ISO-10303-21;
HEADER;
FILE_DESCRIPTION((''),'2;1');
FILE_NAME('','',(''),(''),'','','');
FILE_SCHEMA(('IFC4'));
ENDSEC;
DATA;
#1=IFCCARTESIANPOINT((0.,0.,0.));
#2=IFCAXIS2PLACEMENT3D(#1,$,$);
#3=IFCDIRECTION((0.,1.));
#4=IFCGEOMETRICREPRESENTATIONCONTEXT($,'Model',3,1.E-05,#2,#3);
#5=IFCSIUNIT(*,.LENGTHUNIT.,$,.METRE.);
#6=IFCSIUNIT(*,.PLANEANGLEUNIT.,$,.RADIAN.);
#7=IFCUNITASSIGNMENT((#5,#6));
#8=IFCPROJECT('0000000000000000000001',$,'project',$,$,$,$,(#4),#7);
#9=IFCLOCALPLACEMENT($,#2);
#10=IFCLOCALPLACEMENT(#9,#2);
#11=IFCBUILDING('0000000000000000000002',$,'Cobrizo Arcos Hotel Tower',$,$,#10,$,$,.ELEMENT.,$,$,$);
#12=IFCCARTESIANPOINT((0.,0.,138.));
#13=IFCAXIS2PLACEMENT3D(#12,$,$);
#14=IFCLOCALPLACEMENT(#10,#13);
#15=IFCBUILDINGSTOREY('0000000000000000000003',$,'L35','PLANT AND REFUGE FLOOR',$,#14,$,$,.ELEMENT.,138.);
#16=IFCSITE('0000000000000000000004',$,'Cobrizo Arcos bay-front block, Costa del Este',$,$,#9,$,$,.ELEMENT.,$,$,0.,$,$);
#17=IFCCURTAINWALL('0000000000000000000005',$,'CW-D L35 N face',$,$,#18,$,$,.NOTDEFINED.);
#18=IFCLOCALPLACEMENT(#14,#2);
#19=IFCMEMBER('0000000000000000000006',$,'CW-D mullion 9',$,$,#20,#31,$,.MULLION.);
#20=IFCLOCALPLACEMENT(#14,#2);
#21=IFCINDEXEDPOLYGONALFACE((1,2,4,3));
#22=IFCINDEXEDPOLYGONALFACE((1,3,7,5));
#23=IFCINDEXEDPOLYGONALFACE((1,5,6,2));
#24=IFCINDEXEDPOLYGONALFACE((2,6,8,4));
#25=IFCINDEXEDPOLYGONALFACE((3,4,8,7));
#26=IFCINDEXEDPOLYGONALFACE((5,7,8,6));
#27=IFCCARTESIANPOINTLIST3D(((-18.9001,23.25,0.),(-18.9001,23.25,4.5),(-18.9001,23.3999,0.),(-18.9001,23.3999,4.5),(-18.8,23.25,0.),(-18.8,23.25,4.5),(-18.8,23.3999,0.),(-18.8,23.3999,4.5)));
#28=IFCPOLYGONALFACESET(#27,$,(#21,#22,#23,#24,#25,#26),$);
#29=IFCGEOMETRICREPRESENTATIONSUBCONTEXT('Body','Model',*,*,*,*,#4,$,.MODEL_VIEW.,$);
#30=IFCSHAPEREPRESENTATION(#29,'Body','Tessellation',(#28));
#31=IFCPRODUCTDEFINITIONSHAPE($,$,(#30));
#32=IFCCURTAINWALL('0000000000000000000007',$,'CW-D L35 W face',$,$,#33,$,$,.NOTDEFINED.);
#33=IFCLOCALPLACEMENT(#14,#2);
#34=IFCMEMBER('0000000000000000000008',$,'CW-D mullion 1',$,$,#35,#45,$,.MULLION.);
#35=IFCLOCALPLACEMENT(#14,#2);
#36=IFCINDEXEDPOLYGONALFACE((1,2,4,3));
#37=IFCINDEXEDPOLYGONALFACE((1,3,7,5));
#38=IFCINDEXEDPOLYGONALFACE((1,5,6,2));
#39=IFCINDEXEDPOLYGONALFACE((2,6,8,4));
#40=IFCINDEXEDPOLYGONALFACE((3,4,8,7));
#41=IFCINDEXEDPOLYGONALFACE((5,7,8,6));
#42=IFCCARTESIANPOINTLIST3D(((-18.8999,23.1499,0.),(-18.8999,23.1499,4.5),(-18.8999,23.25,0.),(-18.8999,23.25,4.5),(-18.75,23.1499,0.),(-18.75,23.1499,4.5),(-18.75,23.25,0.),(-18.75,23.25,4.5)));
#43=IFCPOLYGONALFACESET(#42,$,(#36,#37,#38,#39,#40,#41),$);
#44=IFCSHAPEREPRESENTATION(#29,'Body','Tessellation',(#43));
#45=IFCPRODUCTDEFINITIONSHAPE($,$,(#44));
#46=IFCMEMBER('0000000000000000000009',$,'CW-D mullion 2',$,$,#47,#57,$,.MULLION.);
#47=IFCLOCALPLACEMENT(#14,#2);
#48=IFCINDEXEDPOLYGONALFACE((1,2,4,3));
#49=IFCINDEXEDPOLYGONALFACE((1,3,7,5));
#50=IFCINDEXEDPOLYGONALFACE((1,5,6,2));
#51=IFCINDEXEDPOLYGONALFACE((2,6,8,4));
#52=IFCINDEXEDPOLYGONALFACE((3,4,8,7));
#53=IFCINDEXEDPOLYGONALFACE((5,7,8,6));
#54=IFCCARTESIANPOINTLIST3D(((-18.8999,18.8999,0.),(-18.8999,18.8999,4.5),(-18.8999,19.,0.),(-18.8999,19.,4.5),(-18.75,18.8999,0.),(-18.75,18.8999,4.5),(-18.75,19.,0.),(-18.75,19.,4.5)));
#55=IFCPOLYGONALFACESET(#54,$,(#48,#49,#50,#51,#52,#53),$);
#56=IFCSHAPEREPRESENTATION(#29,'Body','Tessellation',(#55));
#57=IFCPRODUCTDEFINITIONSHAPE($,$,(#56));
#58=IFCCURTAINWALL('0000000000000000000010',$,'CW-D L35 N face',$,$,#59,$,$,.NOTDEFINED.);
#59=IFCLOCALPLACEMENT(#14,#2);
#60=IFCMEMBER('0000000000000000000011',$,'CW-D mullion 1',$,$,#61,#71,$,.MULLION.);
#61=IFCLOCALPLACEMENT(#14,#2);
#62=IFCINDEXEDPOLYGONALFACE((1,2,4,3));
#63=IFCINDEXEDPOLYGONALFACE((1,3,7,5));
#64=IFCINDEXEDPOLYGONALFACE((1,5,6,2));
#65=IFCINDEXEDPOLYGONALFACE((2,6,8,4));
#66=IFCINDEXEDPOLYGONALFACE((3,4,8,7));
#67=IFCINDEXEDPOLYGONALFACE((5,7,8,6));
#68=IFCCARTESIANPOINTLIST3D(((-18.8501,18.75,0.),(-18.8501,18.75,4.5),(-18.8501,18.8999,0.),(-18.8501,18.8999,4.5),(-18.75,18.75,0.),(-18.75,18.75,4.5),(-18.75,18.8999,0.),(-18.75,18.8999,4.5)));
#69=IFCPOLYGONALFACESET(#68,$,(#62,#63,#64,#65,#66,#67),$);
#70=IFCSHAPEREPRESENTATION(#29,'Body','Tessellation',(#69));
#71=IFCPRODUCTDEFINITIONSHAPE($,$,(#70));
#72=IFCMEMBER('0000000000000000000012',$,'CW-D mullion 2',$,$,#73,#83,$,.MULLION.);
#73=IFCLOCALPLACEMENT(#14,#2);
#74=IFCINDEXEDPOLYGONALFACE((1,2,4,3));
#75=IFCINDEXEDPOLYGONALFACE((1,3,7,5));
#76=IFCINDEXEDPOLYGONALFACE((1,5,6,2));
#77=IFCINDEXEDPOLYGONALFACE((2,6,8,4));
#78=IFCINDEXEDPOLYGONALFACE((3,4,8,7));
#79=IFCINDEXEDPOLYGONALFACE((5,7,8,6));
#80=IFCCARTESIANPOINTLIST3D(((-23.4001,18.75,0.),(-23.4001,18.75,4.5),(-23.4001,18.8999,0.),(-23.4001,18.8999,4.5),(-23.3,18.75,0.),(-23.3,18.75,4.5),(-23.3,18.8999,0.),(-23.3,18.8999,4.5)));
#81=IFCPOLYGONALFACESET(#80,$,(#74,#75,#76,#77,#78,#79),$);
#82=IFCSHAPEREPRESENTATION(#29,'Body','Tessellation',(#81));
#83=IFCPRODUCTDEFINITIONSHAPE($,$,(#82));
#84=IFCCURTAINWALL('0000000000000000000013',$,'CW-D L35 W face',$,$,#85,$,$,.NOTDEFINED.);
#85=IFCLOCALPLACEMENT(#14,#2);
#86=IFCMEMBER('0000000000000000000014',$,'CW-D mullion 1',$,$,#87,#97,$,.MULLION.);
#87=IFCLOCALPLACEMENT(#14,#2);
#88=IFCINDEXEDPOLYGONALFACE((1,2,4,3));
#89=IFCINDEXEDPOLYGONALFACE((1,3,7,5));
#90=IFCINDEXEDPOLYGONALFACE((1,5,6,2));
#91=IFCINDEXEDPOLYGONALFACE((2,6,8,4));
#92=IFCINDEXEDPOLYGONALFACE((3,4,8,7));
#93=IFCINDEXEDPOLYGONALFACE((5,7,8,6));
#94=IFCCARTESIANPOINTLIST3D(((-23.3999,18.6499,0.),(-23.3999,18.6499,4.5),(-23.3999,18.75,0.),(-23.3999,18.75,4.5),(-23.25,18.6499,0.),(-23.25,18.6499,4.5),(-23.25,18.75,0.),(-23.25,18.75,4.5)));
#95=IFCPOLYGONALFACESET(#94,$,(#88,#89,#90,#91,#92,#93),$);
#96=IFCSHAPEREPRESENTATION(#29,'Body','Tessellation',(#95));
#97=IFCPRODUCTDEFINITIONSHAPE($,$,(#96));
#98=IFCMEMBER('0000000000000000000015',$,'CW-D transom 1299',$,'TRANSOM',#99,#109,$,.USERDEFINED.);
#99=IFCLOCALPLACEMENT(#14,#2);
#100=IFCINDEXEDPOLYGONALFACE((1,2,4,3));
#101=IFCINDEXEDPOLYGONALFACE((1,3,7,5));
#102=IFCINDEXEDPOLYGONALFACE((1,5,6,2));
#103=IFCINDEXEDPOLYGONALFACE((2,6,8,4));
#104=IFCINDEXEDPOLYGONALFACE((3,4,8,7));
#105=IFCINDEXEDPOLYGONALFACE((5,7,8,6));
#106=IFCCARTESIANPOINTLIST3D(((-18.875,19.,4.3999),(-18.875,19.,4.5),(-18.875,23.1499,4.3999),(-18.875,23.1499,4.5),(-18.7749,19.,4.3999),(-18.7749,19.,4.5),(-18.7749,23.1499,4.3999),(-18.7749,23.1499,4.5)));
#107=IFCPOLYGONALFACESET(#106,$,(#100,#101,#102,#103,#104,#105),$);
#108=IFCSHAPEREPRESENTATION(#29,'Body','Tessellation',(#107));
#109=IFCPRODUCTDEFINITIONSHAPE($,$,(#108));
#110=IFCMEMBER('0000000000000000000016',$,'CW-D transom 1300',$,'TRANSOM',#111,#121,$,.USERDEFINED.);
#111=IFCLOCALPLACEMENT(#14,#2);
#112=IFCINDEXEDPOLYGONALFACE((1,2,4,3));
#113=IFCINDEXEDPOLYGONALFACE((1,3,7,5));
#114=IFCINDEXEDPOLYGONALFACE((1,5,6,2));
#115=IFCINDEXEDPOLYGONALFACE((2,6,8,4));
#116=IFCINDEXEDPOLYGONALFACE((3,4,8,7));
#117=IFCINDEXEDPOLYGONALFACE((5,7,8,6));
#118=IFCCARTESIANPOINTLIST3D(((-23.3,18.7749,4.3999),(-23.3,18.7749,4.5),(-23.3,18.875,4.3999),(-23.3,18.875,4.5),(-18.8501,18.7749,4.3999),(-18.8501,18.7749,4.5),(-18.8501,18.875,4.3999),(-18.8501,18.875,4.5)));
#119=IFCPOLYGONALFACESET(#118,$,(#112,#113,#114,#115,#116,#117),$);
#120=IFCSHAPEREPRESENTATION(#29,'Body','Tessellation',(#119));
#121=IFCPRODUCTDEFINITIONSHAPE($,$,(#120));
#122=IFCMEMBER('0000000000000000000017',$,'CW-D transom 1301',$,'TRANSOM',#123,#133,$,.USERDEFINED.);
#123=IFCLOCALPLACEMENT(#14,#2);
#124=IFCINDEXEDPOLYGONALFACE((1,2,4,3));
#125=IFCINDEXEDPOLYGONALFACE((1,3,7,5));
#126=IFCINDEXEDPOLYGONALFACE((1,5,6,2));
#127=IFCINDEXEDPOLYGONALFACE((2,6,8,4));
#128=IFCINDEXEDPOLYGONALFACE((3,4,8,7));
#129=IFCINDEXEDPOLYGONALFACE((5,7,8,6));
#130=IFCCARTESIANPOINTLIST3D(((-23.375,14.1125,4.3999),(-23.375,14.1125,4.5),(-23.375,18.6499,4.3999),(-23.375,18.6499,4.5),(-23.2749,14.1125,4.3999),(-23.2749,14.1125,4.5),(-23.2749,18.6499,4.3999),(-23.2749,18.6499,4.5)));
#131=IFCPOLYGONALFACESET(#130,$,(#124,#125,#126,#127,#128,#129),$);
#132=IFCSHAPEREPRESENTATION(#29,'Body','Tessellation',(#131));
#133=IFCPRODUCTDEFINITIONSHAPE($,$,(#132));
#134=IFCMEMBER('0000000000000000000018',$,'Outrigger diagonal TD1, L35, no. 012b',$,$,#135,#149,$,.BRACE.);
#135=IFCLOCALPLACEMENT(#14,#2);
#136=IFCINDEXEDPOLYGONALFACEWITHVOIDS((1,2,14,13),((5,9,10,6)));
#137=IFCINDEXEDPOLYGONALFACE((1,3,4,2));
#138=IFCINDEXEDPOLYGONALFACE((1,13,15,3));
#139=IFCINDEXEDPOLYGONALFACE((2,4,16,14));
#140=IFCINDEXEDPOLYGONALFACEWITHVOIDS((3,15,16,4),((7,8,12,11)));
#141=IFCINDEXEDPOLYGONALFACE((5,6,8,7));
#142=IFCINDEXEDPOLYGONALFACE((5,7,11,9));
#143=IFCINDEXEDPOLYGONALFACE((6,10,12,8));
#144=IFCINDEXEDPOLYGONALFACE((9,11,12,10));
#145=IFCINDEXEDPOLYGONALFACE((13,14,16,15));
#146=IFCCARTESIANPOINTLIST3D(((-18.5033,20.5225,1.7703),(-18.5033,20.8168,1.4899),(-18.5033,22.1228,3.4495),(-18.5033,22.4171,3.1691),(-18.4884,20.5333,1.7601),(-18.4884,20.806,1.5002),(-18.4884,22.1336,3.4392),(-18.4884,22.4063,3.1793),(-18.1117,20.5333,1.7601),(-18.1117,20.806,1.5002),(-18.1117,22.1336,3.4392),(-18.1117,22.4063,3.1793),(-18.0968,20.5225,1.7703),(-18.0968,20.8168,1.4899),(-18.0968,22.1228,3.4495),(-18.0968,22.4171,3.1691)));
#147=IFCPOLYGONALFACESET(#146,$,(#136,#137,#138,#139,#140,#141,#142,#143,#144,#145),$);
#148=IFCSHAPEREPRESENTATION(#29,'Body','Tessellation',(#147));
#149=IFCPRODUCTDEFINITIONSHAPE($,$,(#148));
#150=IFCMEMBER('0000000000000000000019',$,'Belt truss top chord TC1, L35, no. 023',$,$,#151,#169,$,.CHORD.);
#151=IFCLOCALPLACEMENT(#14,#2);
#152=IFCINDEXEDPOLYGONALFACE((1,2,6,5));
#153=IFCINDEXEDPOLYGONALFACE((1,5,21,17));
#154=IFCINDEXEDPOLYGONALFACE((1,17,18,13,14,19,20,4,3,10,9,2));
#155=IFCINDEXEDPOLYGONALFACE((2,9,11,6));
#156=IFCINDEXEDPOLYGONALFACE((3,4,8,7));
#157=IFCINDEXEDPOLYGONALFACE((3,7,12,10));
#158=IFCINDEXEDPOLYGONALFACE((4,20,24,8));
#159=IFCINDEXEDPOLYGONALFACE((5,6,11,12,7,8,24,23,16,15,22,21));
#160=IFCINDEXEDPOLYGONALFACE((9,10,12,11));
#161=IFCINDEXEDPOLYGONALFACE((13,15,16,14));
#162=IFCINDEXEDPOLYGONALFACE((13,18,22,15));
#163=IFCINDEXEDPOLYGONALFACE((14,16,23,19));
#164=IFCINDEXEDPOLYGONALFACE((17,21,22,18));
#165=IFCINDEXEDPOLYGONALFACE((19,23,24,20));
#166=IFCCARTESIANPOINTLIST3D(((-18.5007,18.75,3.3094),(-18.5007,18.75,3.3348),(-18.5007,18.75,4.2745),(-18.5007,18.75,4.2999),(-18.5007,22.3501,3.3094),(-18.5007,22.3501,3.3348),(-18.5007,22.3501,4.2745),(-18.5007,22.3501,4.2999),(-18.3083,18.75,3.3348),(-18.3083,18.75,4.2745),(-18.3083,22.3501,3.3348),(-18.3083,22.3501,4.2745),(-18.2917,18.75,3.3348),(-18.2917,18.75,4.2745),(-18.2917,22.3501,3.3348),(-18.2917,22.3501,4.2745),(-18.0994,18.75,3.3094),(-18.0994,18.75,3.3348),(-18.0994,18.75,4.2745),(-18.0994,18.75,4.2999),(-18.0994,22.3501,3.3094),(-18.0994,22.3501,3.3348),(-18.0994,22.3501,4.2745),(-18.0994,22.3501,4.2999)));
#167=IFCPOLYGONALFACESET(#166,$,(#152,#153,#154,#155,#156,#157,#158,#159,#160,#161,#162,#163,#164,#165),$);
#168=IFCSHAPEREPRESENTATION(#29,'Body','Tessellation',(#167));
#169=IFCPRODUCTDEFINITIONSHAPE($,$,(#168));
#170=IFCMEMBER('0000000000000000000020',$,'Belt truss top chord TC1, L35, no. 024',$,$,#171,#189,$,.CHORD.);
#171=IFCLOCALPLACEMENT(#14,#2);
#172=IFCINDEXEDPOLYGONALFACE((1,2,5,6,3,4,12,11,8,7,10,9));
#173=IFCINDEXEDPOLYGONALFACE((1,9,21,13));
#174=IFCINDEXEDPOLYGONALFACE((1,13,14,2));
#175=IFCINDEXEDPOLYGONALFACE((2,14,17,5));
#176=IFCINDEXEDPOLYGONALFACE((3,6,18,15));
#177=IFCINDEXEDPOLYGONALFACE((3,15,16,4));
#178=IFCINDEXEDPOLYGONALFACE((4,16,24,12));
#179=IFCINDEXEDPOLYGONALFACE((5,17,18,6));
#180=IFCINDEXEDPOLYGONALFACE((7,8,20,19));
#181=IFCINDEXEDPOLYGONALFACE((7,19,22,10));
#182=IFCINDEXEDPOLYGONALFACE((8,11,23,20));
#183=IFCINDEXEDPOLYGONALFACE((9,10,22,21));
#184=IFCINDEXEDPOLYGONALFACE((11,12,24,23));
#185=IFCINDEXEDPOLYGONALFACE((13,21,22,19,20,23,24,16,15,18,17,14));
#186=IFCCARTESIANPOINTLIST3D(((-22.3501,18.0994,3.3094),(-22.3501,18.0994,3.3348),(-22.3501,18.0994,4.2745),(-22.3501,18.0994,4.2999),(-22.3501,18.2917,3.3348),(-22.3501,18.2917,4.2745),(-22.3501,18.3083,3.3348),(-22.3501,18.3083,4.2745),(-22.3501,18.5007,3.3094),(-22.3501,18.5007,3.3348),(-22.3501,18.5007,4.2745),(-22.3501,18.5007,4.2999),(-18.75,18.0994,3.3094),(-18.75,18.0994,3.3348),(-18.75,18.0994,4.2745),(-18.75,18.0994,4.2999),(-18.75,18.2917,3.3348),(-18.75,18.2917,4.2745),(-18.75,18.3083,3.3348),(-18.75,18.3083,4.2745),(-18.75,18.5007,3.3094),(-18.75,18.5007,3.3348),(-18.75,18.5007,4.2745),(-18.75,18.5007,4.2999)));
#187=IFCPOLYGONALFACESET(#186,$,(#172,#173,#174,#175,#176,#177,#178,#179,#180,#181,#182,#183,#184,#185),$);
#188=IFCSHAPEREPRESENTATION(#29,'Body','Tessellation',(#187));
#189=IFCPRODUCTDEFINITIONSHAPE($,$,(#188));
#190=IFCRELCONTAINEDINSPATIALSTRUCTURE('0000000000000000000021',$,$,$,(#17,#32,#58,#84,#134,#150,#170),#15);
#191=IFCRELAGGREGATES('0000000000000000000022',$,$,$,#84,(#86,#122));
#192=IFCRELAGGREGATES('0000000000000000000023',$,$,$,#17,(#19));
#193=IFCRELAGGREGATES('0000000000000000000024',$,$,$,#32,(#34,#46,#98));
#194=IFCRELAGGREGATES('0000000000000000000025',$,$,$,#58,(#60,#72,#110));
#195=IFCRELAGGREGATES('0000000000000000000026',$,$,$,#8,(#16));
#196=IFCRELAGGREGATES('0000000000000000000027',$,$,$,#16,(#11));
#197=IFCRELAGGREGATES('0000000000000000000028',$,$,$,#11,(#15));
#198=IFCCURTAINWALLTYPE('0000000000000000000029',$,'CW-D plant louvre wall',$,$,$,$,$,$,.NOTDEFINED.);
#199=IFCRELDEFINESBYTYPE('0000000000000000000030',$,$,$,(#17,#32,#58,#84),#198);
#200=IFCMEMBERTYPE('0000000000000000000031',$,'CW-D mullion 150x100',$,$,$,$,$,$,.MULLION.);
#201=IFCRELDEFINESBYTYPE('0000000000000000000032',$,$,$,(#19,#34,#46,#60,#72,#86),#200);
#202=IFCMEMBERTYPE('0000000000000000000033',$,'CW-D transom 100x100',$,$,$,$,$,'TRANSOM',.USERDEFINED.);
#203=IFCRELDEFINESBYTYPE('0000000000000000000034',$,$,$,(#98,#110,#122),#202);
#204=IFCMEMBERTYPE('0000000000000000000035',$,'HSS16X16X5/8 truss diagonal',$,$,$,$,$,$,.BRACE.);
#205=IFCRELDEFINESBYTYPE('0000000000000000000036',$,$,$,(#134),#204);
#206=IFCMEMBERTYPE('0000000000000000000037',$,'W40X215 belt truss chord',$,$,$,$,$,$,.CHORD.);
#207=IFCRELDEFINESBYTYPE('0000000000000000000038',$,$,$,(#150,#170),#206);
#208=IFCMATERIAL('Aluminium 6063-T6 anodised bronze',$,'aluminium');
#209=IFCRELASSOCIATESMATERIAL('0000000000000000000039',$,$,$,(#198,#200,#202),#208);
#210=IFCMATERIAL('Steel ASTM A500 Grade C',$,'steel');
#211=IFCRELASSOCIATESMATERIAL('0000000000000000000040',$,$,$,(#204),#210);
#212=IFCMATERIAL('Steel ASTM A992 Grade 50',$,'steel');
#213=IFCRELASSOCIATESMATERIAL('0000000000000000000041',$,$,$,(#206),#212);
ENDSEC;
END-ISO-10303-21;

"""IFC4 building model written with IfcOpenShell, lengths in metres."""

from ifc_helpers import new_model, si_unit, direction, frame, origin, origin_2d, place, context, subcontext, project, spatial, rectangle, hollow_rectangle, i_section, extrude, material, material_profile, profile_set, type_object, element, aggregate, save


model = new_model("IFC4")

# Units and contexts
model_context = context("Model", 3, precision=1e-05, world=origin(), true_north=direction((0.0, 1.0)))
body_context = subcontext(model_context, "Body", "Model", "MODEL_VIEW")
ifc_project = project(units=[si_unit("LENGTHUNIT", "METRE"), si_unit("PLANEANGLEUNIT", "RADIAN")], contexts=[model_context])

# Site, building, storey
site_placement = place(None, origin())
site = spatial("IfcSite", under=ifc_project, at=site_placement, Name="Cobrizo Arcos bay-front block, Costa del Este", CompositionType="ELEMENT", RefElevation=0.0)
building_placement = place(site_placement, origin())
building = spatial("IfcBuilding", under=site, at=building_placement, Name="Cobrizo Arcos Hotel Tower", CompositionType="ELEMENT")
storey_placement = place(building_placement, frame((0.0, 0.0, 138.0)))
storey = spatial("IfcBuildingStorey", under=building, at=storey_placement, Name="L35", Description="PLANT AND REFUGE FLOOR", CompositionType="ELEMENT", Elevation=138.0)

# Curtain wall, member
ifc_material_1 = material(Name="Aluminium 6063-T6 anodised bronze", Category="aluminium")
curtain_wall_type = type_object("IfcCurtainWallType", Name="CW-D plant louvre wall", PredefinedType="NOTDEFINED", material=ifc_material_1)
curtain_wall_1_placement = place(storey_placement, origin())
curtain_wall_1 = element("IfcCurtainWall", 1, at=curtain_wall_1_placement, inside=storey, type_object=curtain_wall_type, Name="CW-D L35 N face", PredefinedType="NOTDEFINED")
ifc_material_profile_1 = material_profile(ifc_material_1, rectangle(XDim=0.1499, YDim=0.1001, at=origin_2d()), Name="CW-D mullion 150x100")
ifc_profile_set_1 = profile_set([ifc_material_profile_1], Name="Aluminium 6063-T6 anodised bronze")
member_type_1 = type_object("IfcMemberType", Name="CW-D mullion 150x100", PredefinedType="MULLION", material=ifc_profile_set_1)
member_1_placement = place(storey_placement, frame((-18.8501, 23.325, 0.0), z_axis=(0.0, 0.0, 1.0), x_axis=(0.0, 1.0, 0.0)))
member_1 = element("IfcMember", 2, at=member_1_placement, type_object=member_type_1, Name="CW-D mullion 9", PredefinedType="MULLION", context=body_context, shape_type="SweptSolid", body=[
    extrude(rectangle(XDim=0.1499, YDim=0.1001, at=origin_2d()), origin(), (0.0, 0.0, 1.0), 4.5),
])

# Curtain walls, members
curtain_wall_2_placement = place(storey_placement, origin())
curtain_wall_2 = element("IfcCurtainWall", 3, at=curtain_wall_2_placement, inside=storey, type_object=curtain_wall_type, Name="CW-D L35 W face", PredefinedType="NOTDEFINED")
member_2_placement = place(storey_placement, frame((-18.825, 23.2, 0.0), z_axis=(0.0, 0.0, 1.0), x_axis=(-1.0, 0.0, 0.0)))
member_2 = element("IfcMember", 4, at=member_2_placement, type_object=member_type_1, Name="CW-D mullion 1", PredefinedType="MULLION", context=body_context, shape_type="SweptSolid", body=[
    extrude(rectangle(XDim=0.1499, YDim=0.1001, at=origin_2d()), origin(), (0.0, 0.0, 1.0), 4.5),
])
member_3_placement = place(storey_placement, frame((-18.825, 18.95, 0.0), z_axis=(0.0, 0.0, 1.0), x_axis=(-1.0, 0.0, 0.0)))
member_3 = element("IfcMember", 5, at=member_3_placement, type_object=member_type_1, Name="CW-D mullion 2", PredefinedType="MULLION", context=body_context, shape_type="SweptSolid", body=[
    extrude(rectangle(XDim=0.1499, YDim=0.1001, at=origin_2d()), origin(), (0.0, 0.0, 1.0), 4.5),
])
curtain_wall_3_placement = place(storey_placement, origin())
curtain_wall_3 = element("IfcCurtainWall", 6, at=curtain_wall_3_placement, inside=storey, type_object=curtain_wall_type, Name="CW-D L35 N face", PredefinedType="NOTDEFINED")
member_4_placement = place(storey_placement, frame((-18.8, 18.825, 0.0), z_axis=(0.0, 0.0, 1.0), x_axis=(0.0, 1.0, 0.0)))
member_4 = element("IfcMember", 7, at=member_4_placement, type_object=member_type_1, Name="CW-D mullion 1", PredefinedType="MULLION", context=body_context, shape_type="SweptSolid", body=[
    extrude(rectangle(XDim=0.1499, YDim=0.1001, at=origin_2d()), origin(), (0.0, 0.0, 1.0), 4.5),
])
member_5_placement = place(storey_placement, frame((-23.3501, 18.825, 0.0), z_axis=(0.0, 0.0, 1.0), x_axis=(0.0, 1.0, 0.0)))
member_5 = element("IfcMember", 8, at=member_5_placement, type_object=member_type_1, Name="CW-D mullion 2", PredefinedType="MULLION", context=body_context, shape_type="SweptSolid", body=[
    extrude(rectangle(XDim=0.1499, YDim=0.1001, at=origin_2d()), origin(), (0.0, 0.0, 1.0), 4.5),
])

# Curtain wall, member
curtain_wall_4_placement = place(storey_placement, origin())
curtain_wall_4 = element("IfcCurtainWall", 9, at=curtain_wall_4_placement, inside=storey, type_object=curtain_wall_type, Name="CW-D L35 W face", PredefinedType="NOTDEFINED")
member_6_placement = place(storey_placement, frame((-23.325, 18.7, 0.0), z_axis=(0.0, 0.0, 1.0), x_axis=(-1.0, 0.0, 0.0)))
member_6 = element("IfcMember", 10, at=member_6_placement, type_object=member_type_1, Name="CW-D mullion 1", PredefinedType="MULLION", context=body_context, shape_type="SweptSolid", body=[
    extrude(rectangle(XDim=0.1499, YDim=0.1001, at=origin_2d()), origin(), (0.0, 0.0, 1.0), 4.5),
])

# Members
ifc_material_profile_2 = material_profile(ifc_material_1, rectangle(XDim=0.1001, YDim=0.1001, at=origin_2d()), Name="CW-D transom 100x100")
ifc_profile_set_2 = profile_set([ifc_material_profile_2], Name="Aluminium 6063-T6 anodised bronze")
member_type_2 = type_object("IfcMemberType", Name="CW-D transom 100x100", ElementType="TRANSOM", PredefinedType="USERDEFINED", material=ifc_profile_set_2)
member_7_placement = place(storey_placement, frame((-18.825, 23.1499, 4.45), z_axis=(0.0, -1.0, 0.0), x_axis=(1.0, 0.0, 0.0)))
member_7 = element("IfcMember", 11, at=member_7_placement, type_object=member_type_2, Name="CW-D transom 1299", ObjectType="TRANSOM", PredefinedType="USERDEFINED", context=body_context, shape_type="SweptSolid", body=[
    extrude(rectangle(XDim=0.1001, YDim=0.1001, at=origin_2d()), origin(), (0.0, 0.0, 1.0), 4.1499),
])
member_8_placement = place(storey_placement, frame((-18.8501, 18.825, 4.45), z_axis=(-1.0, 0.0, 0.0), x_axis=(0.0, -1.0, 0.0)))
member_8 = element("IfcMember", 12, at=member_8_placement, type_object=member_type_2, Name="CW-D transom 1300", ObjectType="TRANSOM", PredefinedType="USERDEFINED", context=body_context, shape_type="SweptSolid", body=[
    extrude(rectangle(XDim=0.1001, YDim=0.1001, at=origin_2d()), origin(), (0.0, 0.0, 1.0), 4.45),
])
member_9_placement = place(storey_placement, frame((-23.325, 18.6499, 4.45), z_axis=(0.0, -1.0, 0.0), x_axis=(1.0, 0.0, 0.0)))
member_9 = element("IfcMember", 13, at=member_9_placement, type_object=member_type_2, Name="CW-D transom 1301", ObjectType="TRANSOM", PredefinedType="USERDEFINED", context=body_context, shape_type="SweptSolid", body=[
    extrude(rectangle(XDim=0.1001, YDim=0.1001, at=origin_2d()), origin(), (0.0, 0.0, 1.0), 4.5374),
])
aggregate(curtain_wall_4, [member_6, member_9])

# Members
ifc_material_2 = material(Name="Steel ASTM A500 Grade C", Category="steel")
ifc_material_profile_3 = material_profile(ifc_material_2, hollow_rectangle(XDim=0.4065, YDim=0.4065, WallThickness=0.0149, at=origin_2d()), Name="HSS16X16X5/8")
ifc_profile_set_3 = profile_set([ifc_material_profile_3], Name="Steel ASTM A500 Grade C")
member_type_3 = type_object("IfcMemberType", Name="HSS16X16X5/8 truss diagonal", PredefinedType="BRACE", material=ifc_profile_set_3)
member_10_placement = place(storey_placement, frame((-18.3, 20.6697, 1.6301), z_axis=(0.0, 0.689905, 0.7239), x_axis=(-1.0, 0.0, 0.0)))
element("IfcMember", 14, at=member_10_placement, inside=storey, type_object=member_type_3, Name="Outrigger diagonal TD1, L35, no. 012b", PredefinedType="BRACE", context=body_context, shape_type="SweptSolid", body=[
    extrude(hollow_rectangle(XDim=0.4065, YDim=0.4065, WallThickness=0.0149, at=origin_2d()), origin(), (0.0, 0.0, 1.0), 2.3196),
])
ifc_material_3 = material(Name="Steel ASTM A992 Grade 50", Category="steel")
ifc_material_profile_4 = material_profile(ifc_material_3, i_section(OverallWidth=0.4014, OverallDepth=0.9905, WebThickness=0.0166, FlangeThickness=0.0254, at=origin_2d()), Name="W40X215")
ifc_profile_set_4 = profile_set([ifc_material_profile_4], Name="Steel ASTM A992 Grade 50")
member_type_4 = type_object("IfcMemberType", Name="W40X215 belt truss chord", PredefinedType="CHORD", material=ifc_profile_set_4)
for number, where, z_axis, x_axis, name in (
    (15, (-18.3, 22.3501, 3.8047), (0.0, -1.0, 0.0), (1.0, 0.0, 0.0), "Belt truss top chord TC1, L35, no. 023"),
    (16, (-18.75, 18.3, 3.8047), (-1.0, 0.0, 0.0), (0.0, -1.0, 0.0), "Belt truss top chord TC1, L35, no. 024"),
):
    element("IfcMember", number, at=place(storey_placement, frame(where, z_axis=z_axis, x_axis=x_axis)), inside=storey, type_object=member_type_4, Name=name, PredefinedType="CHORD", context=body_context, shape_type="SweptSolid", body=[
        extrude(i_section(OverallWidth=0.4014, OverallDepth=0.9905, WebThickness=0.0166, FlangeThickness=0.0254, at=origin_2d()), origin(), (0.0, 0.0, 1.0), 3.6001),
    ])

aggregate(curtain_wall_1, [member_1])
aggregate(curtain_wall_2, [member_2, member_3, member_7])
aggregate(curtain_wall_3, [member_4, member_5, member_8])

save(model, "model.ifc")
